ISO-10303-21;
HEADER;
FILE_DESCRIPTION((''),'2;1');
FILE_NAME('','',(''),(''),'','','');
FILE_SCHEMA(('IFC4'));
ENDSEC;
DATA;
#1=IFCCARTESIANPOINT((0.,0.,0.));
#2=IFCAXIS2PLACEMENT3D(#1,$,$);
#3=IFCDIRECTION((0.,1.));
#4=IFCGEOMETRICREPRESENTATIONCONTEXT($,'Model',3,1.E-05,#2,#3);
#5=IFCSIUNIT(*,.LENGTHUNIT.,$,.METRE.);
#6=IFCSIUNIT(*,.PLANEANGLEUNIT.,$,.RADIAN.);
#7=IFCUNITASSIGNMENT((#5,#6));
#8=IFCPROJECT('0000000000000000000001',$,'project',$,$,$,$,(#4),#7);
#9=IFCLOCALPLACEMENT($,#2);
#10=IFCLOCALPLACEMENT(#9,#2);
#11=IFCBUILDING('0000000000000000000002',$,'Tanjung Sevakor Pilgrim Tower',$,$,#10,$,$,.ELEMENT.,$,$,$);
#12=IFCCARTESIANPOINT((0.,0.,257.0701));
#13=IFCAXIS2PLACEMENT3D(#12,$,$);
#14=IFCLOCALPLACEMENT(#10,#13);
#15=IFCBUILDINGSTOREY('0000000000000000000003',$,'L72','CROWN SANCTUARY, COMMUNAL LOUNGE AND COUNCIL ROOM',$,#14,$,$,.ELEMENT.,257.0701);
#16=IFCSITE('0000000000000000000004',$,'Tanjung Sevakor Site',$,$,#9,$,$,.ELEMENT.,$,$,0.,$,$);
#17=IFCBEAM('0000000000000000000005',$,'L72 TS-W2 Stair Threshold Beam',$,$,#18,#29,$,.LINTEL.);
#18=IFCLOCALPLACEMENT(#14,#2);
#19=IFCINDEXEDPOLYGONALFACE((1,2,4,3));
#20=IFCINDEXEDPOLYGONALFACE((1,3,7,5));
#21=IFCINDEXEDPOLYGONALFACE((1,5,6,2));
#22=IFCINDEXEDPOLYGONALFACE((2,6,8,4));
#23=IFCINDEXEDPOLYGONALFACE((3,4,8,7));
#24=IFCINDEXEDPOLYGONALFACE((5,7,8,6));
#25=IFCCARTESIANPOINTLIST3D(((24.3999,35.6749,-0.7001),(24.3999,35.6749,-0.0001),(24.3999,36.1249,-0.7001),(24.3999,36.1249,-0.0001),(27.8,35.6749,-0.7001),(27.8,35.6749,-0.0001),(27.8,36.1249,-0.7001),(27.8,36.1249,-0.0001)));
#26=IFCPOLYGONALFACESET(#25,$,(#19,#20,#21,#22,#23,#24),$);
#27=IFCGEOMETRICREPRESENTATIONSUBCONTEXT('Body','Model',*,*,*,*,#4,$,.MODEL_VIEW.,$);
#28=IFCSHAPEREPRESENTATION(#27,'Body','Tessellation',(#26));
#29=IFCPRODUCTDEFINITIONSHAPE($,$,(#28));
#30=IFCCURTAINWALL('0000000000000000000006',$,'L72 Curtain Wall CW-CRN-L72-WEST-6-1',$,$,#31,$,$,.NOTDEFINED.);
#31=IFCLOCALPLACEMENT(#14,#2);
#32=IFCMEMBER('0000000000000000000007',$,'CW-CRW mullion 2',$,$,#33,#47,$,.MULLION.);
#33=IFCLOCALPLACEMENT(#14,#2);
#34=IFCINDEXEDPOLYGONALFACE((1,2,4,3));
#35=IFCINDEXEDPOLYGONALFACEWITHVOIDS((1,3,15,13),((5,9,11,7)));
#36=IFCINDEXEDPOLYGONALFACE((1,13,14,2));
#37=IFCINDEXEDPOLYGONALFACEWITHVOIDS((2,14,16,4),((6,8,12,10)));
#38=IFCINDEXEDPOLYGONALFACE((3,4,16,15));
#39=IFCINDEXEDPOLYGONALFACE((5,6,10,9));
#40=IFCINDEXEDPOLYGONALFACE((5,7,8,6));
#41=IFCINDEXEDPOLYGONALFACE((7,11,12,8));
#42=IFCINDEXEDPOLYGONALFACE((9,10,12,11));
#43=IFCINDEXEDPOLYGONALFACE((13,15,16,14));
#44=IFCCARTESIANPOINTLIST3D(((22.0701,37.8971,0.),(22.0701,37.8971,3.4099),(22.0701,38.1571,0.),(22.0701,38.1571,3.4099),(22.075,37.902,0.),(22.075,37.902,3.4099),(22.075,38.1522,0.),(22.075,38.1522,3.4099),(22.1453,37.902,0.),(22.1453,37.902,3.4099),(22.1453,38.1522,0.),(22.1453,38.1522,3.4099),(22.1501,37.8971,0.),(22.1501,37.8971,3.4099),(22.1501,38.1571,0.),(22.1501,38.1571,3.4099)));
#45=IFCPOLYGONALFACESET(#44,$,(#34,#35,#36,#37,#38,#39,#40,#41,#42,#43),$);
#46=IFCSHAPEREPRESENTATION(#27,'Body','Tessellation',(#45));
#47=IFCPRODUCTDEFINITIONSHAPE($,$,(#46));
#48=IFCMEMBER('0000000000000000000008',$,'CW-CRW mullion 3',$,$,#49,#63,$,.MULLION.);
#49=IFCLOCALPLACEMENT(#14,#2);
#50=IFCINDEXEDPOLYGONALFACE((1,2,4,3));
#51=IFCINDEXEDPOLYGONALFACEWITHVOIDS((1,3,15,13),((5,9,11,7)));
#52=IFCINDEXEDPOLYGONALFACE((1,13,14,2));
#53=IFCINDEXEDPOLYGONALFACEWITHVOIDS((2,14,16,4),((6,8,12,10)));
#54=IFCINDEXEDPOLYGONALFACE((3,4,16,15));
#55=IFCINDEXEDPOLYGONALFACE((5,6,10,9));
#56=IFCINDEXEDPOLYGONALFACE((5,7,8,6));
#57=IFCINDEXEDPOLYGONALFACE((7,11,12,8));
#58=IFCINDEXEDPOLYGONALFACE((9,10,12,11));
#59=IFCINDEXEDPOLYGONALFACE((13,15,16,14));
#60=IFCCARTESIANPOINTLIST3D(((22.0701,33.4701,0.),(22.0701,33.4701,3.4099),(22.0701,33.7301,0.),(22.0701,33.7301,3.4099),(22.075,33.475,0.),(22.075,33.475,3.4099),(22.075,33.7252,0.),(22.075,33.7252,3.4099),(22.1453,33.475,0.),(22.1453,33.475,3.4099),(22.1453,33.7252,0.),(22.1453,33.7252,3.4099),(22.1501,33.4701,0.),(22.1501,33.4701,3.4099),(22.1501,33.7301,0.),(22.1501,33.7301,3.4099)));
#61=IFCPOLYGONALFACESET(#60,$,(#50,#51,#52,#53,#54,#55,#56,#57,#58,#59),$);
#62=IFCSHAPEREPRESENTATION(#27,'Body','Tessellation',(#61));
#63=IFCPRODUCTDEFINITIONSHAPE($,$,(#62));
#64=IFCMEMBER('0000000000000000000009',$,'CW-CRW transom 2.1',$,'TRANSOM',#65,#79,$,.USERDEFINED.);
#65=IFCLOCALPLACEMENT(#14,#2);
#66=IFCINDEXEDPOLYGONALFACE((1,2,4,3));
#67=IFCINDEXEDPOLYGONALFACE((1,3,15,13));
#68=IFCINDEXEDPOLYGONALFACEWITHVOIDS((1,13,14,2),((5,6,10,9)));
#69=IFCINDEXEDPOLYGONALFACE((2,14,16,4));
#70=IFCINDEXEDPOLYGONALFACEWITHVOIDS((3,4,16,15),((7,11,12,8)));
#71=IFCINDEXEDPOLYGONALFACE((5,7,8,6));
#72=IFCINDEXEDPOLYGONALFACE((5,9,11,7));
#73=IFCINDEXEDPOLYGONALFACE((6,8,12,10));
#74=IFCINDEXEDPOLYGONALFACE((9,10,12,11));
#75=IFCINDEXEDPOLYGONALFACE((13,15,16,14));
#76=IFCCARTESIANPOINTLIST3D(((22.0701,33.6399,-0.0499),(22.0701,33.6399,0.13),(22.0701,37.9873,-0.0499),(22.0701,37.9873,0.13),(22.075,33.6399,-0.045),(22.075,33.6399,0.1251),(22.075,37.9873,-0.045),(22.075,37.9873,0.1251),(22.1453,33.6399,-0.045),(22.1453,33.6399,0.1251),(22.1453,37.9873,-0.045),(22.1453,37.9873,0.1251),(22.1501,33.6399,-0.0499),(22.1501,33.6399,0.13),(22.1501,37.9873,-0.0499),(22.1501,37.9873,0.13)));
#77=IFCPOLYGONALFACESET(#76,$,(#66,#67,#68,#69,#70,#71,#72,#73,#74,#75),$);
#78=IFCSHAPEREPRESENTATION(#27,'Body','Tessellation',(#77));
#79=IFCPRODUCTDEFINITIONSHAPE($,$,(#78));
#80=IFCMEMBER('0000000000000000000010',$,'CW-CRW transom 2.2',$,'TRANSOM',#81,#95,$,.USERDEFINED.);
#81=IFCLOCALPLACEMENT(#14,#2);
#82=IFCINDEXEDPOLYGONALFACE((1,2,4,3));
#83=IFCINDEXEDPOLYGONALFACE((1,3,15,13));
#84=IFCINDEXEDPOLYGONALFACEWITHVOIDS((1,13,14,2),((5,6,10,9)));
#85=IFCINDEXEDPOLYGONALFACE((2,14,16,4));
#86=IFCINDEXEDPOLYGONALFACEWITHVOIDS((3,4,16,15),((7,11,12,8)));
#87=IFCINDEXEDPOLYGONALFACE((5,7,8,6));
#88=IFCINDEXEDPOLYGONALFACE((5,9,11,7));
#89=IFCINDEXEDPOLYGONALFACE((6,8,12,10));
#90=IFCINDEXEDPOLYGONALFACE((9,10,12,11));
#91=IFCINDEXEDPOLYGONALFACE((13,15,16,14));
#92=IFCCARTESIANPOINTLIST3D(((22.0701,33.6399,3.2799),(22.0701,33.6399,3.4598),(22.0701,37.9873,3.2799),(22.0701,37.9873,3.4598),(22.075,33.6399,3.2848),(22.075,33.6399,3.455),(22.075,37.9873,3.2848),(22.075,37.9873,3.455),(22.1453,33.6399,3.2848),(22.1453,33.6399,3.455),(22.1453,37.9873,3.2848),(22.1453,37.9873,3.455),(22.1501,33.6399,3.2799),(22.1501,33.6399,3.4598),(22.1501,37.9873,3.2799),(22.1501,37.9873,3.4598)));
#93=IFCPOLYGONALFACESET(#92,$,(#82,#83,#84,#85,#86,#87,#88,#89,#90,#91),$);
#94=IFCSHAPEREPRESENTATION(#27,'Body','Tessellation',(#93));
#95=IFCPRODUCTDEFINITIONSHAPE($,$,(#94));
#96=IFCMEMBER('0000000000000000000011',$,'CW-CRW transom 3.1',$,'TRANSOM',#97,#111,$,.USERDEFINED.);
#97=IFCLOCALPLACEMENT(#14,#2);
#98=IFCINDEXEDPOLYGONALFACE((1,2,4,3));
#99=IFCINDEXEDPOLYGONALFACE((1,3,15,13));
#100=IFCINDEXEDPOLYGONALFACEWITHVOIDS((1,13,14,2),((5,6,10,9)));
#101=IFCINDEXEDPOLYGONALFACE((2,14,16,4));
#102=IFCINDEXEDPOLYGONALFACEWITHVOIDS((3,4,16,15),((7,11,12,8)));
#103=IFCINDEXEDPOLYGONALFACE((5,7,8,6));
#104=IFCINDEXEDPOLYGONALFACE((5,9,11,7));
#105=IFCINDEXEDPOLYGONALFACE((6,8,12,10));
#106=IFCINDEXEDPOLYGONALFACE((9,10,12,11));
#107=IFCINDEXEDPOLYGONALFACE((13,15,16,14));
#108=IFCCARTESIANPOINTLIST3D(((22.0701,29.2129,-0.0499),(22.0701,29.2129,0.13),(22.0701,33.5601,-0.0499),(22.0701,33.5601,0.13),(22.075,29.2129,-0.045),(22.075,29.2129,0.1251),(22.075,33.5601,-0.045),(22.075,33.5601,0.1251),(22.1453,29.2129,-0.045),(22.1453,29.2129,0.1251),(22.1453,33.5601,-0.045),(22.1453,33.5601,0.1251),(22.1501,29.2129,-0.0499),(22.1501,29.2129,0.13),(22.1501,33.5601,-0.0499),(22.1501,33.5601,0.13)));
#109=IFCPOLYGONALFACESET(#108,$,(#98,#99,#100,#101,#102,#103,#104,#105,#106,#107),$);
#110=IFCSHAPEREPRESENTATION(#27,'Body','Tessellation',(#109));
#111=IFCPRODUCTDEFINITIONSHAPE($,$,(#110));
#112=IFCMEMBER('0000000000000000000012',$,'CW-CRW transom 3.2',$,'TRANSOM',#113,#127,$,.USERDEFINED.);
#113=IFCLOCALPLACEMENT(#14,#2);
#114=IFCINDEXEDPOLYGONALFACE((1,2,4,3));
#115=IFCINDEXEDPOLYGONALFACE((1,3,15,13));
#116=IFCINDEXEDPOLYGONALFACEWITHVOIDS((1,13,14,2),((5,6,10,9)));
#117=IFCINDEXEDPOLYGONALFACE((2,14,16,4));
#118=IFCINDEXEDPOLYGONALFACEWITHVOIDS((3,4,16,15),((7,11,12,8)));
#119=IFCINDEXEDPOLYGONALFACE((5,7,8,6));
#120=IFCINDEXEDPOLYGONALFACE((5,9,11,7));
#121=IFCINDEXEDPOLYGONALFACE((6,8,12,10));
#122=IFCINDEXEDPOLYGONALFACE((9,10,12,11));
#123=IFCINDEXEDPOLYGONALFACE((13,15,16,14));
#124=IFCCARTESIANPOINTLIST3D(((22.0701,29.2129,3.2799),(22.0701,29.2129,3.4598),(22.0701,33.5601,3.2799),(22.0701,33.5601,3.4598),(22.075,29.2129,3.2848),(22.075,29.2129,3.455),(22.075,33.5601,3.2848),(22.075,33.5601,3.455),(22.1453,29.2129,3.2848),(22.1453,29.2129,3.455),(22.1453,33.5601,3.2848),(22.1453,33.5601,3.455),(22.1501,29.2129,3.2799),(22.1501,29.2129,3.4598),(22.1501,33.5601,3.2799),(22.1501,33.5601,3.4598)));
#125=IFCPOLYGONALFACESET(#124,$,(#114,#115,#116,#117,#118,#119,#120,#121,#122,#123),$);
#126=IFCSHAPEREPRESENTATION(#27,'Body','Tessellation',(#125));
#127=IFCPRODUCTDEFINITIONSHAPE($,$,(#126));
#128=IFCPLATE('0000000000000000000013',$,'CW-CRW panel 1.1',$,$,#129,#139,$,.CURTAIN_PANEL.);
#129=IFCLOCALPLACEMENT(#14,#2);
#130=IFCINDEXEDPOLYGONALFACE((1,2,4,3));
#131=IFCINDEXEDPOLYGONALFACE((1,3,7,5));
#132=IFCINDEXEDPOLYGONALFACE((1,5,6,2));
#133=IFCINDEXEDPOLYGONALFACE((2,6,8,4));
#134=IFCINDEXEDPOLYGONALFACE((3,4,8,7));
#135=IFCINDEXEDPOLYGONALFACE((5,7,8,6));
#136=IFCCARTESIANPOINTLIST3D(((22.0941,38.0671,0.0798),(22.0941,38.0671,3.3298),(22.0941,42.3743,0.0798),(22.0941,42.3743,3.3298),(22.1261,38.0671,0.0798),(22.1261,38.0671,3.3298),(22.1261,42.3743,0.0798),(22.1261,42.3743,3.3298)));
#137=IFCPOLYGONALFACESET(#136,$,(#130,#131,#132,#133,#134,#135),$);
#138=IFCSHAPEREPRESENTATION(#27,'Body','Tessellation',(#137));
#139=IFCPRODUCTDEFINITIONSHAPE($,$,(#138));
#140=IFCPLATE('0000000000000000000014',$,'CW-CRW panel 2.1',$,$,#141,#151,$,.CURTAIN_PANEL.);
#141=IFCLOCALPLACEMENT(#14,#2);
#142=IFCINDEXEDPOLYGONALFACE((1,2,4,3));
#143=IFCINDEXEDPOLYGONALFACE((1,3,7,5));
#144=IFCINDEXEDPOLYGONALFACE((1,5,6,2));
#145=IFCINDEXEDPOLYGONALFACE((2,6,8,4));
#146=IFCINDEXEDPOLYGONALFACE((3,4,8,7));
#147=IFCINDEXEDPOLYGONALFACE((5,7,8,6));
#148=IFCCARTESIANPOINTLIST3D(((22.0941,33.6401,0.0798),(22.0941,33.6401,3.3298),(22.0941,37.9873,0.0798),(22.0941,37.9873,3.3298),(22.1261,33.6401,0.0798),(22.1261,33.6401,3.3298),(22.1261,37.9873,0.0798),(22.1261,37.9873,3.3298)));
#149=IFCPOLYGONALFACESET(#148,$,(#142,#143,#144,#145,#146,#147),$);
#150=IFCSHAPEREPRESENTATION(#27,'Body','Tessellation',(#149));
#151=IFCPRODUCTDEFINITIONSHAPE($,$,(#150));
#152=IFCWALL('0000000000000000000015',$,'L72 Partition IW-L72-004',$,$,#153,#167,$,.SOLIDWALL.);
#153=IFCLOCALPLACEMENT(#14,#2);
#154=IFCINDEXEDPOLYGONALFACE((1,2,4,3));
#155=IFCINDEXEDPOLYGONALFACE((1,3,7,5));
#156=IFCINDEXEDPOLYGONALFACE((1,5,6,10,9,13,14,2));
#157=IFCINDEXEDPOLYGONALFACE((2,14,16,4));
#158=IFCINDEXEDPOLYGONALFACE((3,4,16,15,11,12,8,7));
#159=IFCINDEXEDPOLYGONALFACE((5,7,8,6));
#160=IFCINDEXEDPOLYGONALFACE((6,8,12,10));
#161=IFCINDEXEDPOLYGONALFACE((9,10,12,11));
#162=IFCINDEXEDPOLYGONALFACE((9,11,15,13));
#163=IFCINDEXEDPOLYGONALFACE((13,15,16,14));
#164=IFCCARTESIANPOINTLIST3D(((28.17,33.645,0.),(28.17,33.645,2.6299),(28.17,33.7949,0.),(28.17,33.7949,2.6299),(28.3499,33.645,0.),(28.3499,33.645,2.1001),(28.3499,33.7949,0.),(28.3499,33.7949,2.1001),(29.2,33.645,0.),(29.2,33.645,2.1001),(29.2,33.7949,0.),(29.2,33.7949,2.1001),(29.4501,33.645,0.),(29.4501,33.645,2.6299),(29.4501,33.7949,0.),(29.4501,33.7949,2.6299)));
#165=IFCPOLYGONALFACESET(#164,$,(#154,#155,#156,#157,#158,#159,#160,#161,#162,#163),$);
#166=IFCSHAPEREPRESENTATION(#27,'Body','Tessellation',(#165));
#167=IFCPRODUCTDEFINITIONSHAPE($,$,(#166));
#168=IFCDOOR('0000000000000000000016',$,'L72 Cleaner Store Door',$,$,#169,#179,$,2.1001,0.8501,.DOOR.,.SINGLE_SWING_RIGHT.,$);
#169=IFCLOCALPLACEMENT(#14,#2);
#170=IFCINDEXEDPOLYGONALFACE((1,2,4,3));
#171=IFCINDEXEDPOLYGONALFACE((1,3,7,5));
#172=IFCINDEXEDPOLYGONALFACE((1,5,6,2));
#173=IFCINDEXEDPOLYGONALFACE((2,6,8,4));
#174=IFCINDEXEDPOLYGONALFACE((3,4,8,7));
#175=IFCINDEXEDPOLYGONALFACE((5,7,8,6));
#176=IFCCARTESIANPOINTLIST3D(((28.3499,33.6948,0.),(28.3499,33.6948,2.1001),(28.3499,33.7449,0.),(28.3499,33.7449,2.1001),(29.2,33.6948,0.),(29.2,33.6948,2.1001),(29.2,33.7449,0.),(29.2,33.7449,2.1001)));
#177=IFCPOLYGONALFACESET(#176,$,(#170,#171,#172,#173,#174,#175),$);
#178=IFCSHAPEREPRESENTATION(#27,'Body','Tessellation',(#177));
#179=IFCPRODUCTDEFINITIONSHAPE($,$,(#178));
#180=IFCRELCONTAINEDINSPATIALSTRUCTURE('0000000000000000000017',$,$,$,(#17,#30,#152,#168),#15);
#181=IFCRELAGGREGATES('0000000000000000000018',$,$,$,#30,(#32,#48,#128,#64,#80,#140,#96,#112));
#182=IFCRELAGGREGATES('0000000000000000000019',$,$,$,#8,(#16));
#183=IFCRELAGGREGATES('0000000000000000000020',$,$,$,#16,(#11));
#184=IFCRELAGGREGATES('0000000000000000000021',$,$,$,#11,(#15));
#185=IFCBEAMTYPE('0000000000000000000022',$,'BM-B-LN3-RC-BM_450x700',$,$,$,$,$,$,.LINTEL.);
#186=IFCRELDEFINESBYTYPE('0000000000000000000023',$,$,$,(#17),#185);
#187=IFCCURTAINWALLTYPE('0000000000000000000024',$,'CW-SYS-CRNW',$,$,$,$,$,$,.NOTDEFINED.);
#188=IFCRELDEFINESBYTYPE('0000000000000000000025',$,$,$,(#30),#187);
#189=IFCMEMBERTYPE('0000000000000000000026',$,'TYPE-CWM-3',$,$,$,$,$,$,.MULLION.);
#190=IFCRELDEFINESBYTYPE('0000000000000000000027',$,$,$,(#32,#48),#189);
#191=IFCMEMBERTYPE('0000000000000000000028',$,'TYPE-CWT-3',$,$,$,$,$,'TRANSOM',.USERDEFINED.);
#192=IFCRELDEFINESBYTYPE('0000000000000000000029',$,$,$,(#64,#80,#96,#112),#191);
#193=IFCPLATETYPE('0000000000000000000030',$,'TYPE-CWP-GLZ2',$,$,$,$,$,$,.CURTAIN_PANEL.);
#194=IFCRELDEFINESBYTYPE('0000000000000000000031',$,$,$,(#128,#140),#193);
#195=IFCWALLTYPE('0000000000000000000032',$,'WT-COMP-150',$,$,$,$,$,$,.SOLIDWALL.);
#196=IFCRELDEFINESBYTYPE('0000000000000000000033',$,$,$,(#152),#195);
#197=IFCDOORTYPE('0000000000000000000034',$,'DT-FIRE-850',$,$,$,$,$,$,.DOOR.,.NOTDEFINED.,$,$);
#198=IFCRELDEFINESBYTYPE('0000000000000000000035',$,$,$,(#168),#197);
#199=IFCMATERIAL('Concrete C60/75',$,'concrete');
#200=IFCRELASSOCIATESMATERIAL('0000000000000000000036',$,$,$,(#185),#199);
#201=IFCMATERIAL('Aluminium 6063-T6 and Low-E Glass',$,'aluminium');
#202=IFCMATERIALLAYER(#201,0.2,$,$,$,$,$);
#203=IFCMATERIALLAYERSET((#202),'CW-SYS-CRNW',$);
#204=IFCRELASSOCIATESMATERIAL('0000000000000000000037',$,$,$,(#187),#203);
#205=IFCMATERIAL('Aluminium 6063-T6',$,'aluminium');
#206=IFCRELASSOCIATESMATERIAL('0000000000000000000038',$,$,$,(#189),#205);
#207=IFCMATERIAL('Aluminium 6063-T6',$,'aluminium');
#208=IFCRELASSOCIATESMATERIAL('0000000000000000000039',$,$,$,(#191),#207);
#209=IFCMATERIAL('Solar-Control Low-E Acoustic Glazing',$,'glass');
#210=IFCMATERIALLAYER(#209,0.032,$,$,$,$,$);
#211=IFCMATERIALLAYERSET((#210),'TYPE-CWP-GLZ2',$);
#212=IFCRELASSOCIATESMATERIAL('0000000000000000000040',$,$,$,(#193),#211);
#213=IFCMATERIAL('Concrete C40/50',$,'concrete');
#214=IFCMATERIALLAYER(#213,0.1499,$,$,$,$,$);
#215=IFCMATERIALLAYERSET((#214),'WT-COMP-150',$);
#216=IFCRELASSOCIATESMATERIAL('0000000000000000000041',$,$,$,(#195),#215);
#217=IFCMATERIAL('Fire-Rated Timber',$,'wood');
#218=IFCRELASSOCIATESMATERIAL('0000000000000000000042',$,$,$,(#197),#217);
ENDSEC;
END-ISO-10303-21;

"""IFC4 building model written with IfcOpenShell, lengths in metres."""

from ifc_helpers import new_model, si_unit, direction, frame, frame_2d, origin, origin_2d, place, context, subcontext, project, spatial, rectangle, hollow_rectangle, extrude, material, layer, layer_set, material_profile, profile_set, type_object, element, fill, aggregate, save


model = new_model("IFC4")

# Units and contexts
model_context = context("Model", 3, precision=1e-05, world=origin(), true_north=direction((0.0, 1.0)))
body_context = subcontext(model_context, "Body", "Model", "MODEL_VIEW")
ifc_project = project(units=[si_unit("LENGTHUNIT", "METRE"), si_unit("PLANEANGLEUNIT", "RADIAN")], contexts=[model_context])

# Site, building, storey
site_placement = place(None, origin())
site = spatial("IfcSite", under=ifc_project, at=site_placement, Name="Tanjung Sevakor Site", CompositionType="ELEMENT", RefElevation=0.0)
building_placement = place(site_placement, origin())
building = spatial("IfcBuilding", under=site, at=building_placement, Name="Tanjung Sevakor Pilgrim Tower", CompositionType="ELEMENT")
storey_placement = place(building_placement, frame((0.0, 0.0, 257.0701)))
storey = spatial("IfcBuildingStorey", under=building, at=storey_placement, Name="L72", Description="CROWN SANCTUARY, COMMUNAL LOUNGE AND COUNCIL ROOM", CompositionType="ELEMENT", Elevation=257.0701)

# Beam
ifc_material_1 = material(Name="Concrete C60/75", Category="concrete")
ifc_material_profile_1 = material_profile(ifc_material_1, rectangle(XDim=0.45, YDim=0.7, at=origin_2d()))
ifc_profile_set_1 = profile_set([ifc_material_profile_1], Name="Concrete C60/75")
beam_type = type_object("IfcBeamType", Name="BM-B-LN3-RC-BM_450x700", PredefinedType="LINTEL", material=ifc_profile_set_1)
beam_placement = place(storey_placement, frame((24.3999, 35.8999, -0.3501), z_axis=(1.0, 0.0, 0.0), x_axis=(0.0, 1.0, 0.0)))
element("IfcBeam", 1, at=beam_placement, inside=storey, type_object=beam_type, Name="L72 TS-W2 Stair Threshold Beam", PredefinedType="LINTEL", context=body_context, shape_type="SweptSolid", body=[
    extrude(rectangle(XDim=0.45, YDim=0.7, at=origin_2d()), origin(), (0.0, 0.0, 1.0), 3.4001),
])

# Curtain wall, members, plates
ifc_material_2 = material(Name="Aluminium 6063-T6 and Low-E Glass", Category="aluminium")
ifc_layer_1 = layer(ifc_material_2, 0.2)
ifc_layer_set_1 = layer_set([ifc_layer_1], Name="CW-SYS-CRNW")
curtain_wall_type = type_object("IfcCurtainWallType", Name="CW-SYS-CRNW", PredefinedType="NOTDEFINED", material=ifc_layer_set_1)
curtain_wall_placement = place(storey_placement, origin())
curtain_wall = element("IfcCurtainWall", 2, at=curtain_wall_placement, inside=storey, type_object=curtain_wall_type, Name="L72 Curtain Wall CW-CRN-L72-WEST-6-1", PredefinedType="NOTDEFINED")
ifc_material_3 = material(Name="Aluminium 6063-T6", Category="aluminium")
ifc_material_profile_2 = material_profile(ifc_material_3, hollow_rectangle(XDim=0.0801, YDim=0.26, WallThickness=0.0049, at=origin_2d()))
ifc_profile_set_2 = profile_set([ifc_material_profile_2], Name="Aluminium 6063-T6")
member_type_1 = type_object("IfcMemberType", Name="TYPE-CWM-3", PredefinedType="MULLION", material=ifc_profile_set_2)
member_1_placement = place(storey_placement, frame((22.1101, 38.0271, 0.0), z_axis=(0.0, 0.0, 1.0), x_axis=(1.0, 0.0, 0.0)))
member_1 = element("IfcMember", 3, at=member_1_placement, type_object=member_type_1, Name="CW-CRW mullion 2", PredefinedType="MULLION", context=body_context, shape_type="SweptSolid", body=[
    extrude(hollow_rectangle(XDim=0.0801, YDim=0.26, WallThickness=0.0049, at=origin_2d()), origin(), (0.0, 0.0, 1.0), 3.4099),
])
member_2_placement = place(storey_placement, frame((22.1101, 33.6001, 0.0), z_axis=(0.0, 0.0, 1.0), x_axis=(1.0, 0.0, 0.0)))
member_2 = element("IfcMember", 4, at=member_2_placement, type_object=member_type_1, Name="CW-CRW mullion 3", PredefinedType="MULLION", context=body_context, shape_type="SweptSolid", body=[
    extrude(hollow_rectangle(XDim=0.0801, YDim=0.26, WallThickness=0.0049, at=origin_2d()), origin(), (0.0, 0.0, 1.0), 3.4099),
])
ifc_material_4 = material(Name="Aluminium 6063-T6", Category="aluminium")
ifc_material_profile_3 = material_profile(ifc_material_4, hollow_rectangle(XDim=0.0801, YDim=0.1799, WallThickness=0.0049, at=origin_2d()))
ifc_profile_set_3 = profile_set([ifc_material_profile_3], Name="Aluminium 6063-T6")
member_type_2 = type_object("IfcMemberType", Name="TYPE-CWT-3", ElementType="TRANSOM", PredefinedType="USERDEFINED", material=ifc_profile_set_3)
member_3_placement = place(storey_placement, frame((22.1101, 37.9873, 0.04), z_axis=(0.0, -1.0, 0.0), x_axis=(1.0, 0.0, 0.0)))
member_3 = element("IfcMember", 5, at=member_3_placement, type_object=member_type_2, Name="CW-CRW transom 2.1", ObjectType="TRANSOM", PredefinedType="USERDEFINED", context=body_context, shape_type="SweptSolid", body=[
    extrude(hollow_rectangle(XDim=0.0801, YDim=0.1799, WallThickness=0.0049, at=origin_2d()), origin(), (0.0, 0.0, 1.0), 4.3474),
])
member_4_placement = place(storey_placement, frame((22.1101, 37.9873, 3.3699), z_axis=(0.0, -1.0, 0.0), x_axis=(1.0, 0.0, 0.0)))
member_4 = element("IfcMember", 6, at=member_4_placement, type_object=member_type_2, Name="CW-CRW transom 2.2", ObjectType="TRANSOM", PredefinedType="USERDEFINED", context=body_context, shape_type="SweptSolid", body=[
    extrude(hollow_rectangle(XDim=0.0801, YDim=0.1799, WallThickness=0.0049, at=origin_2d()), origin(), (0.0, 0.0, 1.0), 4.3474),
])
member_5_placement = place(storey_placement, frame((22.1101, 33.5601, 0.04), z_axis=(0.0, -1.0, 0.0), x_axis=(1.0, 0.0, 0.0)))
member_5 = element("IfcMember", 7, at=member_5_placement, type_object=member_type_2, Name="CW-CRW transom 3.1", ObjectType="TRANSOM", PredefinedType="USERDEFINED", context=body_context, shape_type="SweptSolid", body=[
    extrude(hollow_rectangle(XDim=0.0801, YDim=0.1799, WallThickness=0.0049, at=origin_2d()), origin(), (0.0, 0.0, 1.0), 4.3472),
])
member_6_placement = place(storey_placement, frame((22.1101, 33.5601, 3.3699), z_axis=(0.0, -1.0, 0.0), x_axis=(1.0, 0.0, 0.0)))
member_6 = element("IfcMember", 8, at=member_6_placement, type_object=member_type_2, Name="CW-CRW transom 3.2", ObjectType="TRANSOM", PredefinedType="USERDEFINED", context=body_context, shape_type="SweptSolid", body=[
    extrude(hollow_rectangle(XDim=0.0801, YDim=0.1799, WallThickness=0.0049, at=origin_2d()), origin(), (0.0, 0.0, 1.0), 4.3472),
])
ifc_material_5 = material(Name="Solar-Control Low-E Acoustic Glazing", Category="glass")
ifc_layer_2 = layer(ifc_material_5, 0.032)
ifc_layer_set_2 = layer_set([ifc_layer_2], Name="TYPE-CWP-GLZ2")
plate_type = type_object("IfcPlateType", Name="TYPE-CWP-GLZ2", PredefinedType="CURTAIN_PANEL", material=ifc_layer_set_2)
plate_1_placement = place(storey_placement, frame((22.1101, 40.2207, 0.0798), z_axis=(0.0, 0.0, 1.0), x_axis=(0.0, -1.0, 0.0)))
plate_1 = element("IfcPlate", 9, at=plate_1_placement, type_object=plate_type, Name="CW-CRW panel 1.1", PredefinedType="CURTAIN_PANEL", context=body_context, shape_type="SweptSolid", body=[
    extrude(rectangle(XDim=4.3071, YDim=0.032, at=origin_2d()), origin(), (0.0, 0.0, 1.0), 3.25),
])
plate_2_placement = place(storey_placement, frame((22.1101, 35.8137, 0.0798), z_axis=(0.0, 0.0, 1.0), x_axis=(0.0, -1.0, 0.0)))
plate_2 = element("IfcPlate", 10, at=plate_2_placement, type_object=plate_type, Name="CW-CRW panel 2.1", PredefinedType="CURTAIN_PANEL", context=body_context, shape_type="SweptSolid", body=[
    extrude(rectangle(XDim=4.3472, YDim=0.032, at=origin_2d()), origin(), (0.0, 0.0, 1.0), 3.25),
])
aggregate(curtain_wall, [member_1, member_2, plate_1, member_3, member_4, plate_2, member_5, member_6])

# Wall, opening, door
ifc_material_6 = material(Name="Concrete C40/50", Category="concrete")
ifc_layer_3 = layer(ifc_material_6, 0.1499)
ifc_layer_set_3 = layer_set([ifc_layer_3], Name="WT-COMP-150")
wall_type_1 = type_object("IfcWallType", Name="WT-COMP-150", PredefinedType="SOLIDWALL", material=ifc_layer_set_3)
wall_1_placement = place(storey_placement, frame((28.1699, 33.72, 0.0), z_axis=(0.0, 0.0, 1.0), x_axis=(1.0, 0.0, 0.0)))
wall_1 = element("IfcWall", 11, at=wall_1_placement, inside=storey, type_object=wall_type_1, Name="L72 Partition IW-L72-004", PredefinedType="SOLIDWALL", context=body_context, shape_type="SweptSolid", body=[
    extrude(rectangle(XDim=1.28, YDim=0.1499, at=frame_2d((0.6401, 0.0))), origin(), (0.0, 0.0, 1.0), 2.6299),
])
opening_1_placement = place(wall_1_placement, frame((0.1799, 0.0, 0.0)))
opening_1 = element("IfcOpeningElement", 12, at=opening_1_placement, cuts=wall_1, PredefinedType="OPENING", context=body_context, shape_type="SweptSolid", body=[
    extrude(rectangle(XDim=0.8501, YDim=2.1001, at=frame_2d((0.425, 1.05))), frame((0.0, 0.085, 0.0), z_axis=(0.0, -1.0, 0.0), x_axis=(1.0, 0.0, 0.0)), (0.0, 0.0, 1.0), 0.1699),
])
ifc_material_7 = material(Name="Fire-Rated Timber", Category="wood")
door_type_1 = type_object("IfcDoorType", Name="DT-FIRE-850", OperationType="NOTDEFINED", PredefinedType="DOOR", material=ifc_material_7)
door_1_placement = place(opening_1_placement, origin())
door_1 = element("IfcDoor", 13, at=door_1_placement, inside=storey, type_object=door_type_1, Name="L72 Cleaner Store Door", OperationType="SINGLE_SWING_RIGHT", OverallHeight=2.1001, OverallWidth=0.8501, PredefinedType="DOOR", context=body_context, shape_type="SweptSolid", body=[
    extrude(rectangle(XDim=0.8501, YDim=2.1001, at=frame_2d((0.425, 1.05))), frame((0.0, 0.0249, 0.0), z_axis=(0.0, -1.0, 0.0), x_axis=(1.0, 0.0, 0.0)), (0.0, 0.0, 1.0), 0.05),
])
fill(opening_1, door_1)

save(model, "model.ifc")
